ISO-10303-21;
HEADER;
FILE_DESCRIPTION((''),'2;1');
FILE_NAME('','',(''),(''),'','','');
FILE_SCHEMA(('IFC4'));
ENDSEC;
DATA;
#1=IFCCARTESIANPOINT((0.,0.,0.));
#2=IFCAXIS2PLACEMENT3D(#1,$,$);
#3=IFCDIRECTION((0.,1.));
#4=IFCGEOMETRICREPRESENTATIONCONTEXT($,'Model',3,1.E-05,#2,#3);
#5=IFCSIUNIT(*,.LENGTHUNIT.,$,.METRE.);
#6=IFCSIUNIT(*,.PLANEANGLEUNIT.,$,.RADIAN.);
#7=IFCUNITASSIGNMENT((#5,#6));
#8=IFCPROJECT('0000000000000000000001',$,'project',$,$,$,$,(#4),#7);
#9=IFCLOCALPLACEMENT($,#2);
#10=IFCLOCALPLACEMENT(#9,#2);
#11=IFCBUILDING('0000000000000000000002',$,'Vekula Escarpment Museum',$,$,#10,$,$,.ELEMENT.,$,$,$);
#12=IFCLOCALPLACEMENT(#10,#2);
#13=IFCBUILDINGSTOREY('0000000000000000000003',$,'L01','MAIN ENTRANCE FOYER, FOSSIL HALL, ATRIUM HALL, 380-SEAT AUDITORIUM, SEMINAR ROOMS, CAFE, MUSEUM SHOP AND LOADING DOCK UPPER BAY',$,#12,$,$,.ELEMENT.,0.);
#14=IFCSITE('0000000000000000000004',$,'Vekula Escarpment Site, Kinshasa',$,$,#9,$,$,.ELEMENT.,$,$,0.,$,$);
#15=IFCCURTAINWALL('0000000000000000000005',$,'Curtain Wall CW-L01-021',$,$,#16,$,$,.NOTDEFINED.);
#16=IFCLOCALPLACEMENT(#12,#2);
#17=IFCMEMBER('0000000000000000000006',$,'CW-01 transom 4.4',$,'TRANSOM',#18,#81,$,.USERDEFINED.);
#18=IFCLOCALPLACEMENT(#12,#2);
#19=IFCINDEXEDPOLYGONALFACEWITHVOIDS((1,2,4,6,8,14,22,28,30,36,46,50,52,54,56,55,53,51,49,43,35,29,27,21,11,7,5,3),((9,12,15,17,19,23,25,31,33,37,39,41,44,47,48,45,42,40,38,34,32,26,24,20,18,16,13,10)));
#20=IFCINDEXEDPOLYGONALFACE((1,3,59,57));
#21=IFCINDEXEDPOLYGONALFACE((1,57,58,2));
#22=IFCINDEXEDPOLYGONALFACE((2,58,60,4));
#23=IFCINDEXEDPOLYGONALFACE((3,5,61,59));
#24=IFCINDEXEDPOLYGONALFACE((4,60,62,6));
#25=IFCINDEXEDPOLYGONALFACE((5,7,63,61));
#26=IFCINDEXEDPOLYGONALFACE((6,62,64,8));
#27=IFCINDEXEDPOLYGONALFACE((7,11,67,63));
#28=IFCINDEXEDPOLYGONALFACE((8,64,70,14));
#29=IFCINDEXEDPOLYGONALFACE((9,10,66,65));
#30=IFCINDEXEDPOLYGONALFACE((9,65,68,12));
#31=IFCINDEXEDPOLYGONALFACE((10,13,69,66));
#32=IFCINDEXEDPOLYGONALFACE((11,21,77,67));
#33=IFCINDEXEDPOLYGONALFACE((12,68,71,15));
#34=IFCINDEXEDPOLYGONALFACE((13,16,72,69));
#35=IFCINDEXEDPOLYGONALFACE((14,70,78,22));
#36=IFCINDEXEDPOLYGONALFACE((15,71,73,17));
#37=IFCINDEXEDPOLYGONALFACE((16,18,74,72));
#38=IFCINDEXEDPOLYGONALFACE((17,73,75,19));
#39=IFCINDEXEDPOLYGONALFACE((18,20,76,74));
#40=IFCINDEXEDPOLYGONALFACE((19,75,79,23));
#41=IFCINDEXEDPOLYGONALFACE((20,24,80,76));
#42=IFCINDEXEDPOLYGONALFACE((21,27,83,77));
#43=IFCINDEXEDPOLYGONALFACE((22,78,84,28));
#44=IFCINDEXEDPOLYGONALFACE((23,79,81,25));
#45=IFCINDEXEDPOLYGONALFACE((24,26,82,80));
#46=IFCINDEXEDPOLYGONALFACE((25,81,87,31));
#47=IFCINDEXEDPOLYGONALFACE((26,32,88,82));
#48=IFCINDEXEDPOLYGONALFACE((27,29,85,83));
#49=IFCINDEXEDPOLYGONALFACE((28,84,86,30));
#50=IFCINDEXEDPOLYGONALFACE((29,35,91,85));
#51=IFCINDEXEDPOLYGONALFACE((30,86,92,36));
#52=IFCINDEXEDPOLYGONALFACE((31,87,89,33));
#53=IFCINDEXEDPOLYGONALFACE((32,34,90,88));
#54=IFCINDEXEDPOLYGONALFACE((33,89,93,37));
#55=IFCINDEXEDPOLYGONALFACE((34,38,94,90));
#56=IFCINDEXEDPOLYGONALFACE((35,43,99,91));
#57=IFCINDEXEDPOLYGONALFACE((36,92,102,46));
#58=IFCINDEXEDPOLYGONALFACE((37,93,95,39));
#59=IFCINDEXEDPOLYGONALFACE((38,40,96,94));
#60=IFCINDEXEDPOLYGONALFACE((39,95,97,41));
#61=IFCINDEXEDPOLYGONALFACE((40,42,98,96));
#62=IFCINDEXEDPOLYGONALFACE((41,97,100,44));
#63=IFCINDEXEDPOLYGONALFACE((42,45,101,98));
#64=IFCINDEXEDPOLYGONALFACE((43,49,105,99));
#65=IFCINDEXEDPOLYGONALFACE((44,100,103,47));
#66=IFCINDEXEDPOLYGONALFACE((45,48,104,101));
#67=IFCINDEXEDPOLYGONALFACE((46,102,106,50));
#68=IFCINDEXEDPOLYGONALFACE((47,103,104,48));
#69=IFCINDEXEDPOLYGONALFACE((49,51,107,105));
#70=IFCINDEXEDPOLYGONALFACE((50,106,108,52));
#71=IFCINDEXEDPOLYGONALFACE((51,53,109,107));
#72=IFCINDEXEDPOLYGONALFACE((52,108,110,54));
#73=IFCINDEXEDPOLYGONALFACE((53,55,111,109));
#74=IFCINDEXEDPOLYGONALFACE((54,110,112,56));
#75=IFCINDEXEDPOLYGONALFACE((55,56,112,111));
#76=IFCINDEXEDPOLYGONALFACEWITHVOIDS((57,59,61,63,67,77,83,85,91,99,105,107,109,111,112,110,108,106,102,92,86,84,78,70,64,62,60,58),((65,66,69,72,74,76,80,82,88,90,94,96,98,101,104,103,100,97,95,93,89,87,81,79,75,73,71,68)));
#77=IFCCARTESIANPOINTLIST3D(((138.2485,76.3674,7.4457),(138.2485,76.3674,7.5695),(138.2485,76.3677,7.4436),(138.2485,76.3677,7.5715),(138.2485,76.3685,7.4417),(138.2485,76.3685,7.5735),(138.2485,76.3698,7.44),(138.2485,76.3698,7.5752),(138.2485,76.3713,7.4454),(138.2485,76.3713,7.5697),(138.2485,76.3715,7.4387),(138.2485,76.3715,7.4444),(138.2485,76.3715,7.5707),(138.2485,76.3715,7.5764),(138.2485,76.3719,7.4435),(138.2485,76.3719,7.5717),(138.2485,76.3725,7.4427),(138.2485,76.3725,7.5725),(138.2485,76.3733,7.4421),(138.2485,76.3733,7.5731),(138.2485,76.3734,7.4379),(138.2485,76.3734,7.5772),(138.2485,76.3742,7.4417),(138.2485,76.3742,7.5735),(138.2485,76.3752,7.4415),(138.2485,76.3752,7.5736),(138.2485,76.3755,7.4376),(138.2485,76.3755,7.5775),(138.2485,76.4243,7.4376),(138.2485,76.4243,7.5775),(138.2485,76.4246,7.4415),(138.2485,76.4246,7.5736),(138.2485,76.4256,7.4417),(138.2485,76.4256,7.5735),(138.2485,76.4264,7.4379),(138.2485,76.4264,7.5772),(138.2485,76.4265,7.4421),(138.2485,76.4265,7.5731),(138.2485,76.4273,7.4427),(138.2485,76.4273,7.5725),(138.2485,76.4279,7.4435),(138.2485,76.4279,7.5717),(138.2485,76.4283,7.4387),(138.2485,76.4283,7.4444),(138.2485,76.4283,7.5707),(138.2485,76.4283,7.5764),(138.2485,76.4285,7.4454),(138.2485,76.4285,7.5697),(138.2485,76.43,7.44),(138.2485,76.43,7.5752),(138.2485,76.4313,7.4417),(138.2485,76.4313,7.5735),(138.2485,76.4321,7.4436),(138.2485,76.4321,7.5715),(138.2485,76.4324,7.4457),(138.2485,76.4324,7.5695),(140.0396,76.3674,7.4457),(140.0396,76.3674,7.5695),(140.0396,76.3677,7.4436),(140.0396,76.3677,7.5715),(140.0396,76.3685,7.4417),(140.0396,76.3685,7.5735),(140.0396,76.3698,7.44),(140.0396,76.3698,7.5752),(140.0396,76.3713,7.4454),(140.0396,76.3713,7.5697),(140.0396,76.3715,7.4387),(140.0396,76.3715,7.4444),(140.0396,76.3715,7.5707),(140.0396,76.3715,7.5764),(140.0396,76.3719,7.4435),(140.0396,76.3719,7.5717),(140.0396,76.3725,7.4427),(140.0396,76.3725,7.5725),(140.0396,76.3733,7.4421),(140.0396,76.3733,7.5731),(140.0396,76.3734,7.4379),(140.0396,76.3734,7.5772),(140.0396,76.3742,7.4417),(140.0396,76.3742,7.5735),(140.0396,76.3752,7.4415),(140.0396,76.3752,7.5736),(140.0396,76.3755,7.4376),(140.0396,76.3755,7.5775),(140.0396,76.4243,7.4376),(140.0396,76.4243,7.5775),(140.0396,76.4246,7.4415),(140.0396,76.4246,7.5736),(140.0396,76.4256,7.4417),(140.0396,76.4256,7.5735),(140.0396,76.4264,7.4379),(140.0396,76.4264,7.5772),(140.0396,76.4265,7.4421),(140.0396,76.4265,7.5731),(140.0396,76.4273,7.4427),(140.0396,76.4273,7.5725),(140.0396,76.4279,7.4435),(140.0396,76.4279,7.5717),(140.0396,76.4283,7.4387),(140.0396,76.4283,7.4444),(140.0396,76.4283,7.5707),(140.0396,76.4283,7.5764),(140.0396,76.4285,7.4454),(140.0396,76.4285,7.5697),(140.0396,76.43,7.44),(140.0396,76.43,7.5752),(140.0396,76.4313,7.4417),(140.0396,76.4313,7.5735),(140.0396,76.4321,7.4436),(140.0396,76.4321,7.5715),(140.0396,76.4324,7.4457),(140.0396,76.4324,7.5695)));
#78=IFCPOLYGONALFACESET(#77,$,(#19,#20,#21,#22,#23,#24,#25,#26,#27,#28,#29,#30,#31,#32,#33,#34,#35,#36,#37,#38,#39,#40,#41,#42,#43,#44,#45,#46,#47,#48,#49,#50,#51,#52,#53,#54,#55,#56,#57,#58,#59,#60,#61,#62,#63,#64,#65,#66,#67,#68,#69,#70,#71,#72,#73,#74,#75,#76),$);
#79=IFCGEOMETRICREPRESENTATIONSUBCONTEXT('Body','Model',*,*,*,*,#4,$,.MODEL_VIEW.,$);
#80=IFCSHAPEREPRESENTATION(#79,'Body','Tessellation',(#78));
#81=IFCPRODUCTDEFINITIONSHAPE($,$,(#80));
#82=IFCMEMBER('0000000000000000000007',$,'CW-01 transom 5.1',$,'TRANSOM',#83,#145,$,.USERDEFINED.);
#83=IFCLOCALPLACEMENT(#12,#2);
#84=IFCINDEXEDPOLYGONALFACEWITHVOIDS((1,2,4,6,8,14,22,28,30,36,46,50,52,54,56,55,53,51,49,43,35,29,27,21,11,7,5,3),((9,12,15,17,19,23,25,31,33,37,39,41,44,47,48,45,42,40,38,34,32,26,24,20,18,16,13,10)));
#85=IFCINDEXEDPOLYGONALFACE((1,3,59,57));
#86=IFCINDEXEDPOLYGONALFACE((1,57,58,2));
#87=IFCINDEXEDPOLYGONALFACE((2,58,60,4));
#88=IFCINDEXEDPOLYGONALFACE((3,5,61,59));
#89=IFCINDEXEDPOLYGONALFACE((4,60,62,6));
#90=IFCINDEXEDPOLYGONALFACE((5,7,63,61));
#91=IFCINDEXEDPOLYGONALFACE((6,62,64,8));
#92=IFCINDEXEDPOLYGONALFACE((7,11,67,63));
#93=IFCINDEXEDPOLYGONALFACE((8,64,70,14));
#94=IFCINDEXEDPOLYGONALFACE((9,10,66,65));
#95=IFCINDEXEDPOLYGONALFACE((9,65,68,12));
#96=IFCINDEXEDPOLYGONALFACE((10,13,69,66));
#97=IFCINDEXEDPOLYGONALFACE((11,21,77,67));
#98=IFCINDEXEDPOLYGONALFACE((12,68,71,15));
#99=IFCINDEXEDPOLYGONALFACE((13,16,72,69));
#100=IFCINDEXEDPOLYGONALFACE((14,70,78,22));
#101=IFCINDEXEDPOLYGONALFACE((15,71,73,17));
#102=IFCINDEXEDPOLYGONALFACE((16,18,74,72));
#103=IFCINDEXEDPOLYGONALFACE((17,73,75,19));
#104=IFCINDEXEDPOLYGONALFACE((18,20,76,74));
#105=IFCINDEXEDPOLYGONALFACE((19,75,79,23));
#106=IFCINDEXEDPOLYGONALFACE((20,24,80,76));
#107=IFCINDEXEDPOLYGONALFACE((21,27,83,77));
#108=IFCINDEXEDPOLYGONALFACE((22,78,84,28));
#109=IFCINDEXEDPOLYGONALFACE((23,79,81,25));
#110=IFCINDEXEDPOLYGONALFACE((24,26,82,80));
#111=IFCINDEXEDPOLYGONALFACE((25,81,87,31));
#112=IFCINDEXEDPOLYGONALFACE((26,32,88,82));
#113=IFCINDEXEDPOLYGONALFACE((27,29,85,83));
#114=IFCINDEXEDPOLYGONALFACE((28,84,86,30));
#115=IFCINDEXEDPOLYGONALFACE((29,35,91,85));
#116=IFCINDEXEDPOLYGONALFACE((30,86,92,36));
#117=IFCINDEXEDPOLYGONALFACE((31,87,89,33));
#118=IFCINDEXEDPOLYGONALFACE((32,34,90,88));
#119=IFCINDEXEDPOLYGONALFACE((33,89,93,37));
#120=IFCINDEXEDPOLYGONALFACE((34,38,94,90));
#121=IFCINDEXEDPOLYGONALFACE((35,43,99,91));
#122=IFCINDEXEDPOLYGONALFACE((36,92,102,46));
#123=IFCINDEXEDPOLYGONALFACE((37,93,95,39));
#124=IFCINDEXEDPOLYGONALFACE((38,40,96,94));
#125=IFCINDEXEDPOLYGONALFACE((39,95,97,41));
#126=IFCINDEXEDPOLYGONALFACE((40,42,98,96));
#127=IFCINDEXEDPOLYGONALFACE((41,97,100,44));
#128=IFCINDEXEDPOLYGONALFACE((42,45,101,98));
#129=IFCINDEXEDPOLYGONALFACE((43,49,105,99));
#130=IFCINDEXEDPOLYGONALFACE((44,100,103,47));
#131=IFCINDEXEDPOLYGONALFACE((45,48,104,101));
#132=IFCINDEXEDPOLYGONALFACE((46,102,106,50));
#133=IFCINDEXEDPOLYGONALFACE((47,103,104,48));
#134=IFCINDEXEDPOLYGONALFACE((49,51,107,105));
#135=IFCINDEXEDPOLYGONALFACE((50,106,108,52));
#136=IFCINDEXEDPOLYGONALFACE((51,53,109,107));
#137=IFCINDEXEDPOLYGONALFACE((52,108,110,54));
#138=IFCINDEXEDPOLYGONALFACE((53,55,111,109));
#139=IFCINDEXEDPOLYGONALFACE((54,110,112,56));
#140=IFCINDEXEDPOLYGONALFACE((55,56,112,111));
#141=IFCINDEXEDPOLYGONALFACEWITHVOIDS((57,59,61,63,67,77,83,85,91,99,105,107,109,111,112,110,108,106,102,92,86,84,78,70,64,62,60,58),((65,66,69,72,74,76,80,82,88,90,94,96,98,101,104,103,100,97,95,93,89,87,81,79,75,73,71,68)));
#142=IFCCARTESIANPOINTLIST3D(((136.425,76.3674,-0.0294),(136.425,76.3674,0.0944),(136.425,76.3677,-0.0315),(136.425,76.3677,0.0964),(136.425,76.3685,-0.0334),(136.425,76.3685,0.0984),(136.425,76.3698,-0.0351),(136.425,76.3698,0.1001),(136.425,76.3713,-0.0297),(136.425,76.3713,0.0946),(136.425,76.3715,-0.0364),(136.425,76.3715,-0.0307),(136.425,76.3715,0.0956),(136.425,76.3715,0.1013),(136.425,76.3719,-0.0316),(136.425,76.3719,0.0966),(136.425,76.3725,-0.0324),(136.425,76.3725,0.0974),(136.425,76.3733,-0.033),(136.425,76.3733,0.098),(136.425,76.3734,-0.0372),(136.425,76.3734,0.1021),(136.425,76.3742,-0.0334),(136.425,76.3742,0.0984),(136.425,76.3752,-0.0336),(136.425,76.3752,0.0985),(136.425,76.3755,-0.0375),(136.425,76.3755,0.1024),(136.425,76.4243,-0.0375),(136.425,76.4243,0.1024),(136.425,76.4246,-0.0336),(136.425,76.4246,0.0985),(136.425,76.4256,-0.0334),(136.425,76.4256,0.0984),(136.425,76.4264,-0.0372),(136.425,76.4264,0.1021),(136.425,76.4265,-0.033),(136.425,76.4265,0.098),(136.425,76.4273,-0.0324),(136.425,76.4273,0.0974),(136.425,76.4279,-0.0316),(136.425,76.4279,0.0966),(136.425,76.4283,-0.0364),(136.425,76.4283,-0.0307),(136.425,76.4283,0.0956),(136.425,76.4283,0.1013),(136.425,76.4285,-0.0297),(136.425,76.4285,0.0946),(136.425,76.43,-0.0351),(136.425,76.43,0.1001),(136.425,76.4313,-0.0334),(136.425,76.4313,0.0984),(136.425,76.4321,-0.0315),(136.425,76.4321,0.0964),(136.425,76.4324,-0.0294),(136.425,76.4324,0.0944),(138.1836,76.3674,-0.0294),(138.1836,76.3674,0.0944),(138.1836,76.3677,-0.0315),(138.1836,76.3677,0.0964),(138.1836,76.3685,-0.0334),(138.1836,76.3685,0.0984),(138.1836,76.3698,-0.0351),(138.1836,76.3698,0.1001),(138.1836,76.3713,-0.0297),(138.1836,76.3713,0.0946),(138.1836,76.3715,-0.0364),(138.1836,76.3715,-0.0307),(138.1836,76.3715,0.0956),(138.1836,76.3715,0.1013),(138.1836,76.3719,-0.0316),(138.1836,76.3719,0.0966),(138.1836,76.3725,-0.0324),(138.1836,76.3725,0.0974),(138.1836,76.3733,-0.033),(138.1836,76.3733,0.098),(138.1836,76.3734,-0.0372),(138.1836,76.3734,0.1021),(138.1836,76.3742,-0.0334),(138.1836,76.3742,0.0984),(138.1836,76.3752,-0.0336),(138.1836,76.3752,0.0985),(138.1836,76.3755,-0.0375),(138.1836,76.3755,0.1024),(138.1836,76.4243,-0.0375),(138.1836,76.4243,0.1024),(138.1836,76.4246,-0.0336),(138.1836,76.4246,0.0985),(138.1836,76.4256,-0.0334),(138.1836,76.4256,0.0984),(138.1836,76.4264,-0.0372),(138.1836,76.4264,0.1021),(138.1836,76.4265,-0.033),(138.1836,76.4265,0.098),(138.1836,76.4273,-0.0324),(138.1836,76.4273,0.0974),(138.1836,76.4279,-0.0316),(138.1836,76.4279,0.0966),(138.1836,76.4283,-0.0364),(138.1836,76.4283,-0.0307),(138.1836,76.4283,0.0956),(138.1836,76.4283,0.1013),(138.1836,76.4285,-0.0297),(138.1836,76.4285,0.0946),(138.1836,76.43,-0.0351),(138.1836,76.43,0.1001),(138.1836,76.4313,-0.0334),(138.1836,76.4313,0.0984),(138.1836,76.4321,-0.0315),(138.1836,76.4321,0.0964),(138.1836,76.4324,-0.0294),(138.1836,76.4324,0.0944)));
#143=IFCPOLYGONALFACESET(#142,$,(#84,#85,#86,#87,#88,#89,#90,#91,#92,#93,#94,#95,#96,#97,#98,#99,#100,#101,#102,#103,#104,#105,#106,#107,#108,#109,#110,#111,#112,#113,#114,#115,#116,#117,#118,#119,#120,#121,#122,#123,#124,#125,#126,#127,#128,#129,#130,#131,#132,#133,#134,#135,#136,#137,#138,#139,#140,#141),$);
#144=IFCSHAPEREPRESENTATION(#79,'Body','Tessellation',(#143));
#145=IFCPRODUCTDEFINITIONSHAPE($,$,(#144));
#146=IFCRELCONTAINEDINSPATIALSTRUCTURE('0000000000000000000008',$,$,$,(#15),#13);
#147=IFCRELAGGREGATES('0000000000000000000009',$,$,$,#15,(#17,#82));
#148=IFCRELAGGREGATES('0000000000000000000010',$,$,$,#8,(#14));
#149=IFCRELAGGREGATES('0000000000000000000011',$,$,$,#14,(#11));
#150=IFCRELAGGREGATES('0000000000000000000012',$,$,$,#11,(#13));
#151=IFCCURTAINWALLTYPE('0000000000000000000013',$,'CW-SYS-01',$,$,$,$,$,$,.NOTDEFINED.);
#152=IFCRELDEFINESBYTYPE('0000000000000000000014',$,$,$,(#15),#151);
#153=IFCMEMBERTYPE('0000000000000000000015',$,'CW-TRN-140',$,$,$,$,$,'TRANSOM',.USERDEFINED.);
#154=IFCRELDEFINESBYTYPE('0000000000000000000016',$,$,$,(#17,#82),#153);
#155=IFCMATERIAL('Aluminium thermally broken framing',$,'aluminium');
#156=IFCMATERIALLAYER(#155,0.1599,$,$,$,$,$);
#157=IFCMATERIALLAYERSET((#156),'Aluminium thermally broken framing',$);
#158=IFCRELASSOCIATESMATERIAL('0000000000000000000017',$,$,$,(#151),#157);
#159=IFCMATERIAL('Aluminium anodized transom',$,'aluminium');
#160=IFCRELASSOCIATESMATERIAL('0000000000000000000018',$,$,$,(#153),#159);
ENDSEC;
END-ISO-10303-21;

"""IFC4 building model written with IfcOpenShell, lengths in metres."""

from ifc_helpers import new_model, si_unit, direction, frame, origin, origin_2d, place, context, subcontext, project, spatial, hollow_rectangle, extrude, material, layer, layer_set, material_profile, profile_set, type_object, element, aggregate, save


model = new_model("IFC4")

# Units and contexts
model_context = context("Model", 3, precision=1e-05, world=origin(), true_north=direction((0.0, 1.0)))
body_context = subcontext(model_context, "Body", "Model", "MODEL_VIEW")
ifc_project = project(units=[si_unit("LENGTHUNIT", "METRE"), si_unit("PLANEANGLEUNIT", "RADIAN")], contexts=[model_context])

# Site, building, storey
site_placement = place(None, origin())
site = spatial("IfcSite", under=ifc_project, at=site_placement, Name="Vekula Escarpment Site, Kinshasa", CompositionType="ELEMENT", RefElevation=0.0)
building_placement = place(site_placement, origin())
building = spatial("IfcBuilding", under=site, at=building_placement, Name="Vekula Escarpment Museum", CompositionType="ELEMENT")
storey_placement = place(building_placement, origin())
storey = spatial("IfcBuildingStorey", under=building, at=storey_placement, Name="L01", Description="MAIN ENTRANCE FOYER, FOSSIL HALL, ATRIUM HALL, 380-SEAT AUDITORIUM, SEMINAR ROOMS, CAFE, MUSEUM SHOP AND LOADING DOCK UPPER BAY", CompositionType="ELEMENT", Elevation=0.0)

# Curtain wall, members
ifc_material_1 = material(Name="Aluminium thermally broken framing", Category="aluminium")
ifc_layer_1 = layer(ifc_material_1, 0.1599)
ifc_layer_set_1 = layer_set([ifc_layer_1], Name="Aluminium thermally broken framing")
curtain_wall_type = type_object("IfcCurtainWallType", Name="CW-SYS-01", PredefinedType="NOTDEFINED", material=ifc_layer_set_1)
curtain_wall_placement = place(storey_placement, origin())
curtain_wall = element("IfcCurtainWall", 1, at=curtain_wall_placement, inside=storey, type_object=curtain_wall_type, Name="Curtain Wall CW-L01-021", PredefinedType="NOTDEFINED")
ifc_material_2 = material(Name="Aluminium anodized transom", Category="aluminium")
ifc_material_profile_1 = material_profile(ifc_material_2, hollow_rectangle(XDim=0.0649, YDim=0.1399, WallThickness=0.0039, InnerFilletRadius=0.0039, OuterFilletRadius=0.0081, at=origin_2d()), Name="ALU 140x65x4")
ifc_profile_set_1 = profile_set([ifc_material_profile_1], Name="Aluminium anodized transom")
member_type_1 = type_object("IfcMemberType", Name="CW-TRN-140", ElementType="TRANSOM", PredefinedType="USERDEFINED", material=ifc_profile_set_1)
member_1_placement = place(storey_placement, frame((140.0396, 76.3999, 7.5076), z_axis=(-1.0, 0.0, 0.0), x_axis=(0.0, -1.0, 0.0)))
member_1 = element("IfcMember", 2, at=member_1_placement, type_object=member_type_1, Name="CW-01 transom 4.4", ObjectType="TRANSOM", PredefinedType="USERDEFINED", context=body_context, shape_type="SweptSolid", body=[
    extrude(hollow_rectangle(XDim=0.0649, YDim=0.1399, WallThickness=0.0039, InnerFilletRadius=0.0039, OuterFilletRadius=0.0081, at=origin_2d()), origin(), (0.0, 0.0, 1.0), 1.791),
])
member_2_placement = place(storey_placement, frame((138.1836, 76.3999, 0.0325), z_axis=(-1.0, 0.0, 0.0), x_axis=(0.0, -1.0, 0.0)))
member_2 = element("IfcMember", 3, at=member_2_placement, type_object=member_type_1, Name="CW-01 transom 5.1", ObjectType="TRANSOM", PredefinedType="USERDEFINED", context=body_context, shape_type="SweptSolid", body=[
    extrude(hollow_rectangle(XDim=0.0649, YDim=0.1399, WallThickness=0.0039, InnerFilletRadius=0.0039, OuterFilletRadius=0.0081, at=origin_2d()), origin(), (0.0, 0.0, 1.0), 1.7585),
])
aggregate(curtain_wall, [member_1, member_2])

save(model, "model.ifc")
